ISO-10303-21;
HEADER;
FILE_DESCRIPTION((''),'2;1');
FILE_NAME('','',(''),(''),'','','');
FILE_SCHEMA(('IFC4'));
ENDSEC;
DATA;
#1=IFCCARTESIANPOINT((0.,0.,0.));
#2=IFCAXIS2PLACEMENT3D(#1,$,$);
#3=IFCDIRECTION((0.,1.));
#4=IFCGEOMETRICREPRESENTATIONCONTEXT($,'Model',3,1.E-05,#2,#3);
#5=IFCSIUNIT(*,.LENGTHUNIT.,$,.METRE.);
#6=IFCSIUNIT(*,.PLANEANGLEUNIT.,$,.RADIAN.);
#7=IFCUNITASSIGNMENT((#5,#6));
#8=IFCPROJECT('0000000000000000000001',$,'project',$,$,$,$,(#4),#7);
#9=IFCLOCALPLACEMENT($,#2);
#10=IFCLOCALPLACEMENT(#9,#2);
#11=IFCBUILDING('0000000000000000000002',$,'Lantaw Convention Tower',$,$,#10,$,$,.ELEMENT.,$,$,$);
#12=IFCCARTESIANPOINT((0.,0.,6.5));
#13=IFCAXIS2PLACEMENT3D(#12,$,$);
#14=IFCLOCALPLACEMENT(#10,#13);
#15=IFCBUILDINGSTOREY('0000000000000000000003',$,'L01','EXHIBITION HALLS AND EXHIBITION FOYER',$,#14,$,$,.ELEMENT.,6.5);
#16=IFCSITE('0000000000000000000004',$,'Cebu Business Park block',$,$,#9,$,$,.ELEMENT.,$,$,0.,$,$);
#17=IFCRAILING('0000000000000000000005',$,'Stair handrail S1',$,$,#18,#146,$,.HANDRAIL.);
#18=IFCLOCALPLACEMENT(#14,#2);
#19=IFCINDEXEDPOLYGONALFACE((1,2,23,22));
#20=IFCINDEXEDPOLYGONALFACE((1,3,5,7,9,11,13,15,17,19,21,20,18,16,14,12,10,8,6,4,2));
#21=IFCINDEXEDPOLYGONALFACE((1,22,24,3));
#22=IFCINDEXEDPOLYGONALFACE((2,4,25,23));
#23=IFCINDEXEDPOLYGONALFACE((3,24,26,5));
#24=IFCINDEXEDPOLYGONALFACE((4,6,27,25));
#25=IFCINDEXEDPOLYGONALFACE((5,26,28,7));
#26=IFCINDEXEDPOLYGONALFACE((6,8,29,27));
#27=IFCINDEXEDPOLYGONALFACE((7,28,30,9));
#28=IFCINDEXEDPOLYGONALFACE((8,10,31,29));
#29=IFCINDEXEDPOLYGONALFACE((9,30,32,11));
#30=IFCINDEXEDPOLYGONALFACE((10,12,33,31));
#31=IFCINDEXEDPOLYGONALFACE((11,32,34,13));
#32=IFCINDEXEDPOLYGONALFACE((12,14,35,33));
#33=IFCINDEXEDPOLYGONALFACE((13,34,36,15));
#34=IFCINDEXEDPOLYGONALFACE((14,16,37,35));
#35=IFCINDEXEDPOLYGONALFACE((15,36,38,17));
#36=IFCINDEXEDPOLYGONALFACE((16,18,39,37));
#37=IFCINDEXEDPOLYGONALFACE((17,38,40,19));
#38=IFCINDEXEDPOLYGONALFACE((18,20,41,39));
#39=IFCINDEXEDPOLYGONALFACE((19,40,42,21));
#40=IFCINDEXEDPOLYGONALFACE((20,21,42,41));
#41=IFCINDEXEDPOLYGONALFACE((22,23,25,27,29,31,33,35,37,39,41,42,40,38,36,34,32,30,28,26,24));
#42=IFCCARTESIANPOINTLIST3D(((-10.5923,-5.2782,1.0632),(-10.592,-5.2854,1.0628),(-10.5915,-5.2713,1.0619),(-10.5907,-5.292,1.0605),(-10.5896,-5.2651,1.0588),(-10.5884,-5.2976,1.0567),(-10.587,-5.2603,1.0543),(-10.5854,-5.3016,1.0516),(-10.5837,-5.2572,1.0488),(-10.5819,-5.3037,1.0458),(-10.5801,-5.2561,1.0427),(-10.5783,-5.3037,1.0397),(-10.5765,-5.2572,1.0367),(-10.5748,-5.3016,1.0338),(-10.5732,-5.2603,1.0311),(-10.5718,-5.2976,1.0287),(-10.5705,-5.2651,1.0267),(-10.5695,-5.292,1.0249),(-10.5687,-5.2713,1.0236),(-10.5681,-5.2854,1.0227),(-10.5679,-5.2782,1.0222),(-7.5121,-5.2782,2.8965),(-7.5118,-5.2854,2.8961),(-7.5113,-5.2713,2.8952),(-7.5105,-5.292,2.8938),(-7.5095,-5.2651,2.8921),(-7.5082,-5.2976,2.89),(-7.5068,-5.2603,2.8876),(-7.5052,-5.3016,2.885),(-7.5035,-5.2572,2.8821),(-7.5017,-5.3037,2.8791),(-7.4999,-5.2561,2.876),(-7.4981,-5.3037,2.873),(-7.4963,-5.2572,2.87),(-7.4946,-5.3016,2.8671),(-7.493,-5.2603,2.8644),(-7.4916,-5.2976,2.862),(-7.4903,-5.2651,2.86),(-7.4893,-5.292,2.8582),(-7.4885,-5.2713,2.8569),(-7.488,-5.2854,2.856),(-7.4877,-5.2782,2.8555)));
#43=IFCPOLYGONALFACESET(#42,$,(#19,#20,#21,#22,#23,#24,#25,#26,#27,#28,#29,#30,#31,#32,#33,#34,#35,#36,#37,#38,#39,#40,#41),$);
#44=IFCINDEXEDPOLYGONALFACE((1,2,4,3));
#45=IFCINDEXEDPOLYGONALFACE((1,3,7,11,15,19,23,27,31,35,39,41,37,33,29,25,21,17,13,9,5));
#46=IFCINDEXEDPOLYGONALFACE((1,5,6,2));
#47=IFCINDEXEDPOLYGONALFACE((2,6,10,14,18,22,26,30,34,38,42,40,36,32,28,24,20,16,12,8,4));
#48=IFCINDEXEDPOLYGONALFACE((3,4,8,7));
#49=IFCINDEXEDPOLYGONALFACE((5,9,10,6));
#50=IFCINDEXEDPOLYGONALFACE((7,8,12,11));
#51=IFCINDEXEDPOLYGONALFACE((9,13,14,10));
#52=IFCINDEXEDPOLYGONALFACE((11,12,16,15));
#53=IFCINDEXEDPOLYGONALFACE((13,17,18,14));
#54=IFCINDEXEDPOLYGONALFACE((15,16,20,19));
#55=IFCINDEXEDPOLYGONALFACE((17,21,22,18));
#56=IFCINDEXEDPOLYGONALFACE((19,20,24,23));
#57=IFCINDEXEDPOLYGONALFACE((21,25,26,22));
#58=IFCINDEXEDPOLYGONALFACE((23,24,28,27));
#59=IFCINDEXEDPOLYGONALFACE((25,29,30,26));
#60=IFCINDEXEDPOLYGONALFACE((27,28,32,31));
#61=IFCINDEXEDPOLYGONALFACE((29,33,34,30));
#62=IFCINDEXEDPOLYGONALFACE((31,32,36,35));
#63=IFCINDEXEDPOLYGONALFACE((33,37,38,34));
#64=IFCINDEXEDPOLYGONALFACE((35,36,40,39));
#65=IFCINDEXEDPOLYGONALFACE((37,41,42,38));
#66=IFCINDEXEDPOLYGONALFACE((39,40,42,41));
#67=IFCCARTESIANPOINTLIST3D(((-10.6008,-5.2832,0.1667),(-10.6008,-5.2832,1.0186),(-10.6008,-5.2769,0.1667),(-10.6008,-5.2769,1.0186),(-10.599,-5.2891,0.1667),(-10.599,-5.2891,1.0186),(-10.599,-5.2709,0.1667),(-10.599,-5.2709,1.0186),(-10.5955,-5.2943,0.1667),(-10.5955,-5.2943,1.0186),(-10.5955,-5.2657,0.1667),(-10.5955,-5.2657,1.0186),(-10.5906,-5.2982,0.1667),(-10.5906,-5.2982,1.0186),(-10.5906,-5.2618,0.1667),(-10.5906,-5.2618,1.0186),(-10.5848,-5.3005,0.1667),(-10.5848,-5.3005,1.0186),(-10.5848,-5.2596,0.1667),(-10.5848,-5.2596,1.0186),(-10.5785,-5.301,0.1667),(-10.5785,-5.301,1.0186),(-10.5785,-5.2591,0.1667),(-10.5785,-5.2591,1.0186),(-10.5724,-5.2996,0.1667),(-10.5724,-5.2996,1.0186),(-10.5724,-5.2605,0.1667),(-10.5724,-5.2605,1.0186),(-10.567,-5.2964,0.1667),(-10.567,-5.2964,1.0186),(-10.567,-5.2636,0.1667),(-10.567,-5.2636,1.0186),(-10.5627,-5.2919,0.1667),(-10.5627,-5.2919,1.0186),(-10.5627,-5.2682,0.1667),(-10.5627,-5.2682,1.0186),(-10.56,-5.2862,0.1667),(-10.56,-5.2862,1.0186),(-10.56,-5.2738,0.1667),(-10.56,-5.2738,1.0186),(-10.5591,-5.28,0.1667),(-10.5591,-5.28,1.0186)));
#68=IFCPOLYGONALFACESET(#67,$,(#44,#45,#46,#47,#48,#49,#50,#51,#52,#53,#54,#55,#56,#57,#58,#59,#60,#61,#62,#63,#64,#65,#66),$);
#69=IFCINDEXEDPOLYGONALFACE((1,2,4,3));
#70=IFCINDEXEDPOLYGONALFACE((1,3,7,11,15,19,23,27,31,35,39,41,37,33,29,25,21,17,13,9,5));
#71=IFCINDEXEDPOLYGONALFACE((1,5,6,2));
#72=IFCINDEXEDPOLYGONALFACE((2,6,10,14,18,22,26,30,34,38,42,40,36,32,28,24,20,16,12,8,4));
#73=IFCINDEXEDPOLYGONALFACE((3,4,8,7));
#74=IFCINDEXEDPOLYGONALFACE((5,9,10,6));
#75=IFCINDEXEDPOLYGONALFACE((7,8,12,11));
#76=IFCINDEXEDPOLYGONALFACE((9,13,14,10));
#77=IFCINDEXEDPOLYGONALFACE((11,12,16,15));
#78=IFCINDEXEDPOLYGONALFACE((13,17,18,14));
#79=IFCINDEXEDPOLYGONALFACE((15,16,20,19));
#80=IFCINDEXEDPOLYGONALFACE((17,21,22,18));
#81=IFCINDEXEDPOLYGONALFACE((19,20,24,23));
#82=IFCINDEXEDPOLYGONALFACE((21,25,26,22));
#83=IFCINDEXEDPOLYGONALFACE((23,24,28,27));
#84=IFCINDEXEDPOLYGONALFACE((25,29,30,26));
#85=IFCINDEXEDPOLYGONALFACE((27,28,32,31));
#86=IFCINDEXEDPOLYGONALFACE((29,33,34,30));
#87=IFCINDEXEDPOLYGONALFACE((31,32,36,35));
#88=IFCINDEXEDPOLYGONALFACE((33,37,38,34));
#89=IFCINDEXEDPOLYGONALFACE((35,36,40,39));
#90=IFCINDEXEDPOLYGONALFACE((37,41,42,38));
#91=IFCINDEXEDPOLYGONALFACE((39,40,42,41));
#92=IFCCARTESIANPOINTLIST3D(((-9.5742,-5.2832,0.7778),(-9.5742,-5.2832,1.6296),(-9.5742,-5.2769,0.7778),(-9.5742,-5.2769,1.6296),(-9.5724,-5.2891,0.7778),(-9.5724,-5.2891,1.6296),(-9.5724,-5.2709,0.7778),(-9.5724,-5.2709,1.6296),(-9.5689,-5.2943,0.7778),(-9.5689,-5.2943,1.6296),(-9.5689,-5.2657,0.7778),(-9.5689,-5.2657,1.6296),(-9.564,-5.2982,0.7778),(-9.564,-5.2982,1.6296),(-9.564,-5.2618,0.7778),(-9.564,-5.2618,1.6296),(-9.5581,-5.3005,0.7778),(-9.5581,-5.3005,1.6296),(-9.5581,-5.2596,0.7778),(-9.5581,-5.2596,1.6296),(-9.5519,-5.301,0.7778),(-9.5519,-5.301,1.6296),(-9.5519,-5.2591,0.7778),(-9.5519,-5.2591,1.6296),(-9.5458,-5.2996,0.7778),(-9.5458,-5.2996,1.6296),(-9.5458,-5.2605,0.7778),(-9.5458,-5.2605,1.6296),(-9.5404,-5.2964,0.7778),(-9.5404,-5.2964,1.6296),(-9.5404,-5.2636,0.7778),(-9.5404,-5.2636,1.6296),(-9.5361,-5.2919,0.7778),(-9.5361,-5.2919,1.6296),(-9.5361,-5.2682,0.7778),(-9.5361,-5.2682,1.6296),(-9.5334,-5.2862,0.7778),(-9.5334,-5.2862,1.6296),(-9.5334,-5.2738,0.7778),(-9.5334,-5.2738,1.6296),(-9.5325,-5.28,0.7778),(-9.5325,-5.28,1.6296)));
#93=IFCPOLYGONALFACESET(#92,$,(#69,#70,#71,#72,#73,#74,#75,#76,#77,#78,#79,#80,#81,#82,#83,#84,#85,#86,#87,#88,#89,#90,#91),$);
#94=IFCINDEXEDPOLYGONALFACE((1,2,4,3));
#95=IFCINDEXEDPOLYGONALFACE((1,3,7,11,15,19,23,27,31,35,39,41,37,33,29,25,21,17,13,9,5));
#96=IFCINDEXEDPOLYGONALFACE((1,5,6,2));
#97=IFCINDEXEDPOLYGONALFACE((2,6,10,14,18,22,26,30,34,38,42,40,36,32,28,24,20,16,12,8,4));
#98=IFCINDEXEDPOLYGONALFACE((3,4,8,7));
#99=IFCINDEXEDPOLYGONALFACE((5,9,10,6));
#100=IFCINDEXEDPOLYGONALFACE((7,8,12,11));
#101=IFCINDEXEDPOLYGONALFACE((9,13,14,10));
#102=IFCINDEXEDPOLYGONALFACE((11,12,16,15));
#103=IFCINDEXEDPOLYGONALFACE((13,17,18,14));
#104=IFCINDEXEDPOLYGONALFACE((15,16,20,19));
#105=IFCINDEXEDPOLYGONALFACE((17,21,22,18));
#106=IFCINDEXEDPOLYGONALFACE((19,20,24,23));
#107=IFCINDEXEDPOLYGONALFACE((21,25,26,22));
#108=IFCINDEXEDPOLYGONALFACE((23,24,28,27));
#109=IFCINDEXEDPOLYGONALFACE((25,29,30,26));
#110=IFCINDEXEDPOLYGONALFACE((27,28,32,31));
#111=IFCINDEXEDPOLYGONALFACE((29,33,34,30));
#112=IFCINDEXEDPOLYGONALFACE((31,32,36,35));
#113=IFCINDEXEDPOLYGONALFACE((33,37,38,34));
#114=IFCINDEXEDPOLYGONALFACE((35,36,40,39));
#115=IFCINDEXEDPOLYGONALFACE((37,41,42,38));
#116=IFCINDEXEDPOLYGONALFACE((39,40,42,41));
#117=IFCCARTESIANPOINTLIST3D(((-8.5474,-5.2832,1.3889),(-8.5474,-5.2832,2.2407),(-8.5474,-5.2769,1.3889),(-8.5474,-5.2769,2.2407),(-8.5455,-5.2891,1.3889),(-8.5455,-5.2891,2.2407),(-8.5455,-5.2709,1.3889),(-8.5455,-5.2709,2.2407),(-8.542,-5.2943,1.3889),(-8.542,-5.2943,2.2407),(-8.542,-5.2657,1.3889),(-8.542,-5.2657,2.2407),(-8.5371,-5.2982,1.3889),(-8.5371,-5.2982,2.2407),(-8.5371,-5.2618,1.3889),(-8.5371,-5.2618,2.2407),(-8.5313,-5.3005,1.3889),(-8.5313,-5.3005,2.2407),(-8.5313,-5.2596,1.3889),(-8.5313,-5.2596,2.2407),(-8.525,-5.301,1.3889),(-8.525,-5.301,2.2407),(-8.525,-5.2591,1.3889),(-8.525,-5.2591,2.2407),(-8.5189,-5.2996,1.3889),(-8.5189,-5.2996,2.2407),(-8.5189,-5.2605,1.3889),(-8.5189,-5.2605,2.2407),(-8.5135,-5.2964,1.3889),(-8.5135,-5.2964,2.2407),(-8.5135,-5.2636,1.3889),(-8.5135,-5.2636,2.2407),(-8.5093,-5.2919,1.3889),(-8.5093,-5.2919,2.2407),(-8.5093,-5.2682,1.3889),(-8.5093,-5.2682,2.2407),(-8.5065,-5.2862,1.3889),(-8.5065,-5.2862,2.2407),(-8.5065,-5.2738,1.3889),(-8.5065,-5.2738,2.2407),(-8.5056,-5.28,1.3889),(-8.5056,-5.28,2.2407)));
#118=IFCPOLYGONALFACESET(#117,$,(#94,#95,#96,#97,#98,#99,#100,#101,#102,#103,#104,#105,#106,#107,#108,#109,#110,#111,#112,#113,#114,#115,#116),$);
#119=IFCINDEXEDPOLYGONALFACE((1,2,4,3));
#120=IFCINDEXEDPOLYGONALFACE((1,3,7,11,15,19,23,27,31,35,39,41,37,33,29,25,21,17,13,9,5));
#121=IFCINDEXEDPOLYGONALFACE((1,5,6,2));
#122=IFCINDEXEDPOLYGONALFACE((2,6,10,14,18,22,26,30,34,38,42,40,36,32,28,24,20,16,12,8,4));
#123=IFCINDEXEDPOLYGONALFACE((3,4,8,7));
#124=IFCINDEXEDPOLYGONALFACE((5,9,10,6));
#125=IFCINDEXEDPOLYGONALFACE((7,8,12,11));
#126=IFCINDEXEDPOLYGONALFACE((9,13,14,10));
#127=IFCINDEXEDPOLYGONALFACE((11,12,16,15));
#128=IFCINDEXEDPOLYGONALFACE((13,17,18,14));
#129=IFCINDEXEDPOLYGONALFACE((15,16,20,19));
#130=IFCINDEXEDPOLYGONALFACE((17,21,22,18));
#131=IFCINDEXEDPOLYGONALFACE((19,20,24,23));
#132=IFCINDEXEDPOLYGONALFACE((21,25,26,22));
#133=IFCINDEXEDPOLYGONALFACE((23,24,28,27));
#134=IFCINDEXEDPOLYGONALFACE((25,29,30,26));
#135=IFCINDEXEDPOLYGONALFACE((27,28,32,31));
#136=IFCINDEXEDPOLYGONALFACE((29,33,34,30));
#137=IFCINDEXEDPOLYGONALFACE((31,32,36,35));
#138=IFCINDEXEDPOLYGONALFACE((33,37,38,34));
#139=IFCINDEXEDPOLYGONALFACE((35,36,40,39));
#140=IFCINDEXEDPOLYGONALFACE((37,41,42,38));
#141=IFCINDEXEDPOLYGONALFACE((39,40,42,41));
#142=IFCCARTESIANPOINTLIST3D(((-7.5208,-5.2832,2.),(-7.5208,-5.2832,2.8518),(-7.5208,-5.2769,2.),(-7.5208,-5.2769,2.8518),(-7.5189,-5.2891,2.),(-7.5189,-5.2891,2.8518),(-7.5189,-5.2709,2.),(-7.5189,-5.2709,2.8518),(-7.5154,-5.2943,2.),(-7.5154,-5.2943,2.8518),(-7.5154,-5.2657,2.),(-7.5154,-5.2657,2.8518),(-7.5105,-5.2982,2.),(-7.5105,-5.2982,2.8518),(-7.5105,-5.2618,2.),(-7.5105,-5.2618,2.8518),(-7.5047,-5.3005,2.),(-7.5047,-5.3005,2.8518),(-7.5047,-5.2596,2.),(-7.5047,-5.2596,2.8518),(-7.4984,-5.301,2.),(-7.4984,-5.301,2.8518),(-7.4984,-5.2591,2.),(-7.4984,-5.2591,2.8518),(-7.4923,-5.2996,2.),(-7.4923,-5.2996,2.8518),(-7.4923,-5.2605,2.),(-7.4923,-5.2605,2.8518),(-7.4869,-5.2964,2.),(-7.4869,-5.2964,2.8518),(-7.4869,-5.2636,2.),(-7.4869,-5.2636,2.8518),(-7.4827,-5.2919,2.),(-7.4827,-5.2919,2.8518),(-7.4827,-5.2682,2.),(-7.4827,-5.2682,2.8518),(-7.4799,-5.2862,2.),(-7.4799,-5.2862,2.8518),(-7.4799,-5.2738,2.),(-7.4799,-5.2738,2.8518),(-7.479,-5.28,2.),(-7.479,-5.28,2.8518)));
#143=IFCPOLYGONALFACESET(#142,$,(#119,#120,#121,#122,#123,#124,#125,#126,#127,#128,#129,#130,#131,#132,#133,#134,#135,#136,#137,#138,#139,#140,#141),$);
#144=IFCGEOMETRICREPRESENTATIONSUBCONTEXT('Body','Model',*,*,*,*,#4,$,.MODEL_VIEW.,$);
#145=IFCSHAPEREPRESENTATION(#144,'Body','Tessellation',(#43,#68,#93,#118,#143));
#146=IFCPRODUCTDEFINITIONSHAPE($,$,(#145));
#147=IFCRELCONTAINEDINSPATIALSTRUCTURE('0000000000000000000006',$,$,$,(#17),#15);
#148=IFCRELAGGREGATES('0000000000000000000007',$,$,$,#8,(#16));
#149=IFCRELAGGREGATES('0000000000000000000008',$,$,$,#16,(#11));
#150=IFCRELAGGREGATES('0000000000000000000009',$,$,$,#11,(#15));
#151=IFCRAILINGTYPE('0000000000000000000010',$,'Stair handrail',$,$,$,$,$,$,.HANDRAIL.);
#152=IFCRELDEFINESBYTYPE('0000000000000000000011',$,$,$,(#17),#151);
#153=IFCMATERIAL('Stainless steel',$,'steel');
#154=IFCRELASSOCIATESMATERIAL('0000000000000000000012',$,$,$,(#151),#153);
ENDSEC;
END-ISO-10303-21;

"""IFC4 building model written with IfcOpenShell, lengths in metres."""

from ifc_helpers import new_model, si_unit, direction, frame, origin, origin_2d, place, context, subcontext, project, spatial, circle, extrude, material, type_object, element, save


model = new_model("IFC4")

# Units and contexts
model_context = context("Model", 3, precision=1e-05, world=origin(), true_north=direction((0.0, 1.0)))
body_context = subcontext(model_context, "Body", "Model", "MODEL_VIEW")
ifc_project = project(units=[si_unit("LENGTHUNIT", "METRE"), si_unit("PLANEANGLEUNIT", "RADIAN")], contexts=[model_context])

# Site, building, storey
site_placement = place(None, origin())
site = spatial("IfcSite", under=ifc_project, at=site_placement, Name="Cebu Business Park block", CompositionType="ELEMENT", RefElevation=0.0)
building_placement = place(site_placement, origin())
building = spatial("IfcBuilding", under=site, at=building_placement, Name="Lantaw Convention Tower", CompositionType="ELEMENT")
storey_placement = place(building_placement, frame((0.0, 0.0, 6.5)))
storey = spatial("IfcBuildingStorey", under=building, at=storey_placement, Name="L01", Description="EXHIBITION HALLS AND EXHIBITION FOYER", CompositionType="ELEMENT", Elevation=6.5)

# Railing
ifc_material_1 = material(Name="Stainless steel", Category="steel")
railing_type = type_object("IfcRailingType", Name="Stair handrail", PredefinedType="HANDRAIL", material=ifc_material_1)
railing_1_placement = place(storey_placement, frame((-10.5801, -5.28, 0.1667)))
element("IfcRailing", 1, at=railing_1_placement, inside=storey, type_object=railing_type, Name="Stair handrail S1", PredefinedType="HANDRAIL", context=body_context, shape_type="SweptSolid", body=[
    extrude(circle(Radius=0.0239, at=origin_2d()), frame((0.0, 0.0, 0.876), z_axis=(0.859309, 0.0, 0.511458), x_axis=(0.0, 1.0, 0.0)), (0.0, 0.0, 1.0), 3.5845),
    extrude(circle(Radius=0.021, at=origin_2d()), origin(), (0.0, 0.0, 1.0), 0.8518),
    extrude(circle(Radius=0.021, at=origin_2d()), frame((1.0266, 0.0, 0.6111)), (0.0, 0.0, 1.0), 0.8518),
    extrude(circle(Radius=0.021, at=origin_2d()), frame((2.0535, 0.0, 1.2222)), (0.0, 0.0, 1.0), 0.8518),
    extrude(circle(Radius=0.021, at=origin_2d()), frame((3.0801, 0.0, 1.8333)), (0.0, 0.0, 1.0), 0.8518),
])

save(model, "model.ifc")
